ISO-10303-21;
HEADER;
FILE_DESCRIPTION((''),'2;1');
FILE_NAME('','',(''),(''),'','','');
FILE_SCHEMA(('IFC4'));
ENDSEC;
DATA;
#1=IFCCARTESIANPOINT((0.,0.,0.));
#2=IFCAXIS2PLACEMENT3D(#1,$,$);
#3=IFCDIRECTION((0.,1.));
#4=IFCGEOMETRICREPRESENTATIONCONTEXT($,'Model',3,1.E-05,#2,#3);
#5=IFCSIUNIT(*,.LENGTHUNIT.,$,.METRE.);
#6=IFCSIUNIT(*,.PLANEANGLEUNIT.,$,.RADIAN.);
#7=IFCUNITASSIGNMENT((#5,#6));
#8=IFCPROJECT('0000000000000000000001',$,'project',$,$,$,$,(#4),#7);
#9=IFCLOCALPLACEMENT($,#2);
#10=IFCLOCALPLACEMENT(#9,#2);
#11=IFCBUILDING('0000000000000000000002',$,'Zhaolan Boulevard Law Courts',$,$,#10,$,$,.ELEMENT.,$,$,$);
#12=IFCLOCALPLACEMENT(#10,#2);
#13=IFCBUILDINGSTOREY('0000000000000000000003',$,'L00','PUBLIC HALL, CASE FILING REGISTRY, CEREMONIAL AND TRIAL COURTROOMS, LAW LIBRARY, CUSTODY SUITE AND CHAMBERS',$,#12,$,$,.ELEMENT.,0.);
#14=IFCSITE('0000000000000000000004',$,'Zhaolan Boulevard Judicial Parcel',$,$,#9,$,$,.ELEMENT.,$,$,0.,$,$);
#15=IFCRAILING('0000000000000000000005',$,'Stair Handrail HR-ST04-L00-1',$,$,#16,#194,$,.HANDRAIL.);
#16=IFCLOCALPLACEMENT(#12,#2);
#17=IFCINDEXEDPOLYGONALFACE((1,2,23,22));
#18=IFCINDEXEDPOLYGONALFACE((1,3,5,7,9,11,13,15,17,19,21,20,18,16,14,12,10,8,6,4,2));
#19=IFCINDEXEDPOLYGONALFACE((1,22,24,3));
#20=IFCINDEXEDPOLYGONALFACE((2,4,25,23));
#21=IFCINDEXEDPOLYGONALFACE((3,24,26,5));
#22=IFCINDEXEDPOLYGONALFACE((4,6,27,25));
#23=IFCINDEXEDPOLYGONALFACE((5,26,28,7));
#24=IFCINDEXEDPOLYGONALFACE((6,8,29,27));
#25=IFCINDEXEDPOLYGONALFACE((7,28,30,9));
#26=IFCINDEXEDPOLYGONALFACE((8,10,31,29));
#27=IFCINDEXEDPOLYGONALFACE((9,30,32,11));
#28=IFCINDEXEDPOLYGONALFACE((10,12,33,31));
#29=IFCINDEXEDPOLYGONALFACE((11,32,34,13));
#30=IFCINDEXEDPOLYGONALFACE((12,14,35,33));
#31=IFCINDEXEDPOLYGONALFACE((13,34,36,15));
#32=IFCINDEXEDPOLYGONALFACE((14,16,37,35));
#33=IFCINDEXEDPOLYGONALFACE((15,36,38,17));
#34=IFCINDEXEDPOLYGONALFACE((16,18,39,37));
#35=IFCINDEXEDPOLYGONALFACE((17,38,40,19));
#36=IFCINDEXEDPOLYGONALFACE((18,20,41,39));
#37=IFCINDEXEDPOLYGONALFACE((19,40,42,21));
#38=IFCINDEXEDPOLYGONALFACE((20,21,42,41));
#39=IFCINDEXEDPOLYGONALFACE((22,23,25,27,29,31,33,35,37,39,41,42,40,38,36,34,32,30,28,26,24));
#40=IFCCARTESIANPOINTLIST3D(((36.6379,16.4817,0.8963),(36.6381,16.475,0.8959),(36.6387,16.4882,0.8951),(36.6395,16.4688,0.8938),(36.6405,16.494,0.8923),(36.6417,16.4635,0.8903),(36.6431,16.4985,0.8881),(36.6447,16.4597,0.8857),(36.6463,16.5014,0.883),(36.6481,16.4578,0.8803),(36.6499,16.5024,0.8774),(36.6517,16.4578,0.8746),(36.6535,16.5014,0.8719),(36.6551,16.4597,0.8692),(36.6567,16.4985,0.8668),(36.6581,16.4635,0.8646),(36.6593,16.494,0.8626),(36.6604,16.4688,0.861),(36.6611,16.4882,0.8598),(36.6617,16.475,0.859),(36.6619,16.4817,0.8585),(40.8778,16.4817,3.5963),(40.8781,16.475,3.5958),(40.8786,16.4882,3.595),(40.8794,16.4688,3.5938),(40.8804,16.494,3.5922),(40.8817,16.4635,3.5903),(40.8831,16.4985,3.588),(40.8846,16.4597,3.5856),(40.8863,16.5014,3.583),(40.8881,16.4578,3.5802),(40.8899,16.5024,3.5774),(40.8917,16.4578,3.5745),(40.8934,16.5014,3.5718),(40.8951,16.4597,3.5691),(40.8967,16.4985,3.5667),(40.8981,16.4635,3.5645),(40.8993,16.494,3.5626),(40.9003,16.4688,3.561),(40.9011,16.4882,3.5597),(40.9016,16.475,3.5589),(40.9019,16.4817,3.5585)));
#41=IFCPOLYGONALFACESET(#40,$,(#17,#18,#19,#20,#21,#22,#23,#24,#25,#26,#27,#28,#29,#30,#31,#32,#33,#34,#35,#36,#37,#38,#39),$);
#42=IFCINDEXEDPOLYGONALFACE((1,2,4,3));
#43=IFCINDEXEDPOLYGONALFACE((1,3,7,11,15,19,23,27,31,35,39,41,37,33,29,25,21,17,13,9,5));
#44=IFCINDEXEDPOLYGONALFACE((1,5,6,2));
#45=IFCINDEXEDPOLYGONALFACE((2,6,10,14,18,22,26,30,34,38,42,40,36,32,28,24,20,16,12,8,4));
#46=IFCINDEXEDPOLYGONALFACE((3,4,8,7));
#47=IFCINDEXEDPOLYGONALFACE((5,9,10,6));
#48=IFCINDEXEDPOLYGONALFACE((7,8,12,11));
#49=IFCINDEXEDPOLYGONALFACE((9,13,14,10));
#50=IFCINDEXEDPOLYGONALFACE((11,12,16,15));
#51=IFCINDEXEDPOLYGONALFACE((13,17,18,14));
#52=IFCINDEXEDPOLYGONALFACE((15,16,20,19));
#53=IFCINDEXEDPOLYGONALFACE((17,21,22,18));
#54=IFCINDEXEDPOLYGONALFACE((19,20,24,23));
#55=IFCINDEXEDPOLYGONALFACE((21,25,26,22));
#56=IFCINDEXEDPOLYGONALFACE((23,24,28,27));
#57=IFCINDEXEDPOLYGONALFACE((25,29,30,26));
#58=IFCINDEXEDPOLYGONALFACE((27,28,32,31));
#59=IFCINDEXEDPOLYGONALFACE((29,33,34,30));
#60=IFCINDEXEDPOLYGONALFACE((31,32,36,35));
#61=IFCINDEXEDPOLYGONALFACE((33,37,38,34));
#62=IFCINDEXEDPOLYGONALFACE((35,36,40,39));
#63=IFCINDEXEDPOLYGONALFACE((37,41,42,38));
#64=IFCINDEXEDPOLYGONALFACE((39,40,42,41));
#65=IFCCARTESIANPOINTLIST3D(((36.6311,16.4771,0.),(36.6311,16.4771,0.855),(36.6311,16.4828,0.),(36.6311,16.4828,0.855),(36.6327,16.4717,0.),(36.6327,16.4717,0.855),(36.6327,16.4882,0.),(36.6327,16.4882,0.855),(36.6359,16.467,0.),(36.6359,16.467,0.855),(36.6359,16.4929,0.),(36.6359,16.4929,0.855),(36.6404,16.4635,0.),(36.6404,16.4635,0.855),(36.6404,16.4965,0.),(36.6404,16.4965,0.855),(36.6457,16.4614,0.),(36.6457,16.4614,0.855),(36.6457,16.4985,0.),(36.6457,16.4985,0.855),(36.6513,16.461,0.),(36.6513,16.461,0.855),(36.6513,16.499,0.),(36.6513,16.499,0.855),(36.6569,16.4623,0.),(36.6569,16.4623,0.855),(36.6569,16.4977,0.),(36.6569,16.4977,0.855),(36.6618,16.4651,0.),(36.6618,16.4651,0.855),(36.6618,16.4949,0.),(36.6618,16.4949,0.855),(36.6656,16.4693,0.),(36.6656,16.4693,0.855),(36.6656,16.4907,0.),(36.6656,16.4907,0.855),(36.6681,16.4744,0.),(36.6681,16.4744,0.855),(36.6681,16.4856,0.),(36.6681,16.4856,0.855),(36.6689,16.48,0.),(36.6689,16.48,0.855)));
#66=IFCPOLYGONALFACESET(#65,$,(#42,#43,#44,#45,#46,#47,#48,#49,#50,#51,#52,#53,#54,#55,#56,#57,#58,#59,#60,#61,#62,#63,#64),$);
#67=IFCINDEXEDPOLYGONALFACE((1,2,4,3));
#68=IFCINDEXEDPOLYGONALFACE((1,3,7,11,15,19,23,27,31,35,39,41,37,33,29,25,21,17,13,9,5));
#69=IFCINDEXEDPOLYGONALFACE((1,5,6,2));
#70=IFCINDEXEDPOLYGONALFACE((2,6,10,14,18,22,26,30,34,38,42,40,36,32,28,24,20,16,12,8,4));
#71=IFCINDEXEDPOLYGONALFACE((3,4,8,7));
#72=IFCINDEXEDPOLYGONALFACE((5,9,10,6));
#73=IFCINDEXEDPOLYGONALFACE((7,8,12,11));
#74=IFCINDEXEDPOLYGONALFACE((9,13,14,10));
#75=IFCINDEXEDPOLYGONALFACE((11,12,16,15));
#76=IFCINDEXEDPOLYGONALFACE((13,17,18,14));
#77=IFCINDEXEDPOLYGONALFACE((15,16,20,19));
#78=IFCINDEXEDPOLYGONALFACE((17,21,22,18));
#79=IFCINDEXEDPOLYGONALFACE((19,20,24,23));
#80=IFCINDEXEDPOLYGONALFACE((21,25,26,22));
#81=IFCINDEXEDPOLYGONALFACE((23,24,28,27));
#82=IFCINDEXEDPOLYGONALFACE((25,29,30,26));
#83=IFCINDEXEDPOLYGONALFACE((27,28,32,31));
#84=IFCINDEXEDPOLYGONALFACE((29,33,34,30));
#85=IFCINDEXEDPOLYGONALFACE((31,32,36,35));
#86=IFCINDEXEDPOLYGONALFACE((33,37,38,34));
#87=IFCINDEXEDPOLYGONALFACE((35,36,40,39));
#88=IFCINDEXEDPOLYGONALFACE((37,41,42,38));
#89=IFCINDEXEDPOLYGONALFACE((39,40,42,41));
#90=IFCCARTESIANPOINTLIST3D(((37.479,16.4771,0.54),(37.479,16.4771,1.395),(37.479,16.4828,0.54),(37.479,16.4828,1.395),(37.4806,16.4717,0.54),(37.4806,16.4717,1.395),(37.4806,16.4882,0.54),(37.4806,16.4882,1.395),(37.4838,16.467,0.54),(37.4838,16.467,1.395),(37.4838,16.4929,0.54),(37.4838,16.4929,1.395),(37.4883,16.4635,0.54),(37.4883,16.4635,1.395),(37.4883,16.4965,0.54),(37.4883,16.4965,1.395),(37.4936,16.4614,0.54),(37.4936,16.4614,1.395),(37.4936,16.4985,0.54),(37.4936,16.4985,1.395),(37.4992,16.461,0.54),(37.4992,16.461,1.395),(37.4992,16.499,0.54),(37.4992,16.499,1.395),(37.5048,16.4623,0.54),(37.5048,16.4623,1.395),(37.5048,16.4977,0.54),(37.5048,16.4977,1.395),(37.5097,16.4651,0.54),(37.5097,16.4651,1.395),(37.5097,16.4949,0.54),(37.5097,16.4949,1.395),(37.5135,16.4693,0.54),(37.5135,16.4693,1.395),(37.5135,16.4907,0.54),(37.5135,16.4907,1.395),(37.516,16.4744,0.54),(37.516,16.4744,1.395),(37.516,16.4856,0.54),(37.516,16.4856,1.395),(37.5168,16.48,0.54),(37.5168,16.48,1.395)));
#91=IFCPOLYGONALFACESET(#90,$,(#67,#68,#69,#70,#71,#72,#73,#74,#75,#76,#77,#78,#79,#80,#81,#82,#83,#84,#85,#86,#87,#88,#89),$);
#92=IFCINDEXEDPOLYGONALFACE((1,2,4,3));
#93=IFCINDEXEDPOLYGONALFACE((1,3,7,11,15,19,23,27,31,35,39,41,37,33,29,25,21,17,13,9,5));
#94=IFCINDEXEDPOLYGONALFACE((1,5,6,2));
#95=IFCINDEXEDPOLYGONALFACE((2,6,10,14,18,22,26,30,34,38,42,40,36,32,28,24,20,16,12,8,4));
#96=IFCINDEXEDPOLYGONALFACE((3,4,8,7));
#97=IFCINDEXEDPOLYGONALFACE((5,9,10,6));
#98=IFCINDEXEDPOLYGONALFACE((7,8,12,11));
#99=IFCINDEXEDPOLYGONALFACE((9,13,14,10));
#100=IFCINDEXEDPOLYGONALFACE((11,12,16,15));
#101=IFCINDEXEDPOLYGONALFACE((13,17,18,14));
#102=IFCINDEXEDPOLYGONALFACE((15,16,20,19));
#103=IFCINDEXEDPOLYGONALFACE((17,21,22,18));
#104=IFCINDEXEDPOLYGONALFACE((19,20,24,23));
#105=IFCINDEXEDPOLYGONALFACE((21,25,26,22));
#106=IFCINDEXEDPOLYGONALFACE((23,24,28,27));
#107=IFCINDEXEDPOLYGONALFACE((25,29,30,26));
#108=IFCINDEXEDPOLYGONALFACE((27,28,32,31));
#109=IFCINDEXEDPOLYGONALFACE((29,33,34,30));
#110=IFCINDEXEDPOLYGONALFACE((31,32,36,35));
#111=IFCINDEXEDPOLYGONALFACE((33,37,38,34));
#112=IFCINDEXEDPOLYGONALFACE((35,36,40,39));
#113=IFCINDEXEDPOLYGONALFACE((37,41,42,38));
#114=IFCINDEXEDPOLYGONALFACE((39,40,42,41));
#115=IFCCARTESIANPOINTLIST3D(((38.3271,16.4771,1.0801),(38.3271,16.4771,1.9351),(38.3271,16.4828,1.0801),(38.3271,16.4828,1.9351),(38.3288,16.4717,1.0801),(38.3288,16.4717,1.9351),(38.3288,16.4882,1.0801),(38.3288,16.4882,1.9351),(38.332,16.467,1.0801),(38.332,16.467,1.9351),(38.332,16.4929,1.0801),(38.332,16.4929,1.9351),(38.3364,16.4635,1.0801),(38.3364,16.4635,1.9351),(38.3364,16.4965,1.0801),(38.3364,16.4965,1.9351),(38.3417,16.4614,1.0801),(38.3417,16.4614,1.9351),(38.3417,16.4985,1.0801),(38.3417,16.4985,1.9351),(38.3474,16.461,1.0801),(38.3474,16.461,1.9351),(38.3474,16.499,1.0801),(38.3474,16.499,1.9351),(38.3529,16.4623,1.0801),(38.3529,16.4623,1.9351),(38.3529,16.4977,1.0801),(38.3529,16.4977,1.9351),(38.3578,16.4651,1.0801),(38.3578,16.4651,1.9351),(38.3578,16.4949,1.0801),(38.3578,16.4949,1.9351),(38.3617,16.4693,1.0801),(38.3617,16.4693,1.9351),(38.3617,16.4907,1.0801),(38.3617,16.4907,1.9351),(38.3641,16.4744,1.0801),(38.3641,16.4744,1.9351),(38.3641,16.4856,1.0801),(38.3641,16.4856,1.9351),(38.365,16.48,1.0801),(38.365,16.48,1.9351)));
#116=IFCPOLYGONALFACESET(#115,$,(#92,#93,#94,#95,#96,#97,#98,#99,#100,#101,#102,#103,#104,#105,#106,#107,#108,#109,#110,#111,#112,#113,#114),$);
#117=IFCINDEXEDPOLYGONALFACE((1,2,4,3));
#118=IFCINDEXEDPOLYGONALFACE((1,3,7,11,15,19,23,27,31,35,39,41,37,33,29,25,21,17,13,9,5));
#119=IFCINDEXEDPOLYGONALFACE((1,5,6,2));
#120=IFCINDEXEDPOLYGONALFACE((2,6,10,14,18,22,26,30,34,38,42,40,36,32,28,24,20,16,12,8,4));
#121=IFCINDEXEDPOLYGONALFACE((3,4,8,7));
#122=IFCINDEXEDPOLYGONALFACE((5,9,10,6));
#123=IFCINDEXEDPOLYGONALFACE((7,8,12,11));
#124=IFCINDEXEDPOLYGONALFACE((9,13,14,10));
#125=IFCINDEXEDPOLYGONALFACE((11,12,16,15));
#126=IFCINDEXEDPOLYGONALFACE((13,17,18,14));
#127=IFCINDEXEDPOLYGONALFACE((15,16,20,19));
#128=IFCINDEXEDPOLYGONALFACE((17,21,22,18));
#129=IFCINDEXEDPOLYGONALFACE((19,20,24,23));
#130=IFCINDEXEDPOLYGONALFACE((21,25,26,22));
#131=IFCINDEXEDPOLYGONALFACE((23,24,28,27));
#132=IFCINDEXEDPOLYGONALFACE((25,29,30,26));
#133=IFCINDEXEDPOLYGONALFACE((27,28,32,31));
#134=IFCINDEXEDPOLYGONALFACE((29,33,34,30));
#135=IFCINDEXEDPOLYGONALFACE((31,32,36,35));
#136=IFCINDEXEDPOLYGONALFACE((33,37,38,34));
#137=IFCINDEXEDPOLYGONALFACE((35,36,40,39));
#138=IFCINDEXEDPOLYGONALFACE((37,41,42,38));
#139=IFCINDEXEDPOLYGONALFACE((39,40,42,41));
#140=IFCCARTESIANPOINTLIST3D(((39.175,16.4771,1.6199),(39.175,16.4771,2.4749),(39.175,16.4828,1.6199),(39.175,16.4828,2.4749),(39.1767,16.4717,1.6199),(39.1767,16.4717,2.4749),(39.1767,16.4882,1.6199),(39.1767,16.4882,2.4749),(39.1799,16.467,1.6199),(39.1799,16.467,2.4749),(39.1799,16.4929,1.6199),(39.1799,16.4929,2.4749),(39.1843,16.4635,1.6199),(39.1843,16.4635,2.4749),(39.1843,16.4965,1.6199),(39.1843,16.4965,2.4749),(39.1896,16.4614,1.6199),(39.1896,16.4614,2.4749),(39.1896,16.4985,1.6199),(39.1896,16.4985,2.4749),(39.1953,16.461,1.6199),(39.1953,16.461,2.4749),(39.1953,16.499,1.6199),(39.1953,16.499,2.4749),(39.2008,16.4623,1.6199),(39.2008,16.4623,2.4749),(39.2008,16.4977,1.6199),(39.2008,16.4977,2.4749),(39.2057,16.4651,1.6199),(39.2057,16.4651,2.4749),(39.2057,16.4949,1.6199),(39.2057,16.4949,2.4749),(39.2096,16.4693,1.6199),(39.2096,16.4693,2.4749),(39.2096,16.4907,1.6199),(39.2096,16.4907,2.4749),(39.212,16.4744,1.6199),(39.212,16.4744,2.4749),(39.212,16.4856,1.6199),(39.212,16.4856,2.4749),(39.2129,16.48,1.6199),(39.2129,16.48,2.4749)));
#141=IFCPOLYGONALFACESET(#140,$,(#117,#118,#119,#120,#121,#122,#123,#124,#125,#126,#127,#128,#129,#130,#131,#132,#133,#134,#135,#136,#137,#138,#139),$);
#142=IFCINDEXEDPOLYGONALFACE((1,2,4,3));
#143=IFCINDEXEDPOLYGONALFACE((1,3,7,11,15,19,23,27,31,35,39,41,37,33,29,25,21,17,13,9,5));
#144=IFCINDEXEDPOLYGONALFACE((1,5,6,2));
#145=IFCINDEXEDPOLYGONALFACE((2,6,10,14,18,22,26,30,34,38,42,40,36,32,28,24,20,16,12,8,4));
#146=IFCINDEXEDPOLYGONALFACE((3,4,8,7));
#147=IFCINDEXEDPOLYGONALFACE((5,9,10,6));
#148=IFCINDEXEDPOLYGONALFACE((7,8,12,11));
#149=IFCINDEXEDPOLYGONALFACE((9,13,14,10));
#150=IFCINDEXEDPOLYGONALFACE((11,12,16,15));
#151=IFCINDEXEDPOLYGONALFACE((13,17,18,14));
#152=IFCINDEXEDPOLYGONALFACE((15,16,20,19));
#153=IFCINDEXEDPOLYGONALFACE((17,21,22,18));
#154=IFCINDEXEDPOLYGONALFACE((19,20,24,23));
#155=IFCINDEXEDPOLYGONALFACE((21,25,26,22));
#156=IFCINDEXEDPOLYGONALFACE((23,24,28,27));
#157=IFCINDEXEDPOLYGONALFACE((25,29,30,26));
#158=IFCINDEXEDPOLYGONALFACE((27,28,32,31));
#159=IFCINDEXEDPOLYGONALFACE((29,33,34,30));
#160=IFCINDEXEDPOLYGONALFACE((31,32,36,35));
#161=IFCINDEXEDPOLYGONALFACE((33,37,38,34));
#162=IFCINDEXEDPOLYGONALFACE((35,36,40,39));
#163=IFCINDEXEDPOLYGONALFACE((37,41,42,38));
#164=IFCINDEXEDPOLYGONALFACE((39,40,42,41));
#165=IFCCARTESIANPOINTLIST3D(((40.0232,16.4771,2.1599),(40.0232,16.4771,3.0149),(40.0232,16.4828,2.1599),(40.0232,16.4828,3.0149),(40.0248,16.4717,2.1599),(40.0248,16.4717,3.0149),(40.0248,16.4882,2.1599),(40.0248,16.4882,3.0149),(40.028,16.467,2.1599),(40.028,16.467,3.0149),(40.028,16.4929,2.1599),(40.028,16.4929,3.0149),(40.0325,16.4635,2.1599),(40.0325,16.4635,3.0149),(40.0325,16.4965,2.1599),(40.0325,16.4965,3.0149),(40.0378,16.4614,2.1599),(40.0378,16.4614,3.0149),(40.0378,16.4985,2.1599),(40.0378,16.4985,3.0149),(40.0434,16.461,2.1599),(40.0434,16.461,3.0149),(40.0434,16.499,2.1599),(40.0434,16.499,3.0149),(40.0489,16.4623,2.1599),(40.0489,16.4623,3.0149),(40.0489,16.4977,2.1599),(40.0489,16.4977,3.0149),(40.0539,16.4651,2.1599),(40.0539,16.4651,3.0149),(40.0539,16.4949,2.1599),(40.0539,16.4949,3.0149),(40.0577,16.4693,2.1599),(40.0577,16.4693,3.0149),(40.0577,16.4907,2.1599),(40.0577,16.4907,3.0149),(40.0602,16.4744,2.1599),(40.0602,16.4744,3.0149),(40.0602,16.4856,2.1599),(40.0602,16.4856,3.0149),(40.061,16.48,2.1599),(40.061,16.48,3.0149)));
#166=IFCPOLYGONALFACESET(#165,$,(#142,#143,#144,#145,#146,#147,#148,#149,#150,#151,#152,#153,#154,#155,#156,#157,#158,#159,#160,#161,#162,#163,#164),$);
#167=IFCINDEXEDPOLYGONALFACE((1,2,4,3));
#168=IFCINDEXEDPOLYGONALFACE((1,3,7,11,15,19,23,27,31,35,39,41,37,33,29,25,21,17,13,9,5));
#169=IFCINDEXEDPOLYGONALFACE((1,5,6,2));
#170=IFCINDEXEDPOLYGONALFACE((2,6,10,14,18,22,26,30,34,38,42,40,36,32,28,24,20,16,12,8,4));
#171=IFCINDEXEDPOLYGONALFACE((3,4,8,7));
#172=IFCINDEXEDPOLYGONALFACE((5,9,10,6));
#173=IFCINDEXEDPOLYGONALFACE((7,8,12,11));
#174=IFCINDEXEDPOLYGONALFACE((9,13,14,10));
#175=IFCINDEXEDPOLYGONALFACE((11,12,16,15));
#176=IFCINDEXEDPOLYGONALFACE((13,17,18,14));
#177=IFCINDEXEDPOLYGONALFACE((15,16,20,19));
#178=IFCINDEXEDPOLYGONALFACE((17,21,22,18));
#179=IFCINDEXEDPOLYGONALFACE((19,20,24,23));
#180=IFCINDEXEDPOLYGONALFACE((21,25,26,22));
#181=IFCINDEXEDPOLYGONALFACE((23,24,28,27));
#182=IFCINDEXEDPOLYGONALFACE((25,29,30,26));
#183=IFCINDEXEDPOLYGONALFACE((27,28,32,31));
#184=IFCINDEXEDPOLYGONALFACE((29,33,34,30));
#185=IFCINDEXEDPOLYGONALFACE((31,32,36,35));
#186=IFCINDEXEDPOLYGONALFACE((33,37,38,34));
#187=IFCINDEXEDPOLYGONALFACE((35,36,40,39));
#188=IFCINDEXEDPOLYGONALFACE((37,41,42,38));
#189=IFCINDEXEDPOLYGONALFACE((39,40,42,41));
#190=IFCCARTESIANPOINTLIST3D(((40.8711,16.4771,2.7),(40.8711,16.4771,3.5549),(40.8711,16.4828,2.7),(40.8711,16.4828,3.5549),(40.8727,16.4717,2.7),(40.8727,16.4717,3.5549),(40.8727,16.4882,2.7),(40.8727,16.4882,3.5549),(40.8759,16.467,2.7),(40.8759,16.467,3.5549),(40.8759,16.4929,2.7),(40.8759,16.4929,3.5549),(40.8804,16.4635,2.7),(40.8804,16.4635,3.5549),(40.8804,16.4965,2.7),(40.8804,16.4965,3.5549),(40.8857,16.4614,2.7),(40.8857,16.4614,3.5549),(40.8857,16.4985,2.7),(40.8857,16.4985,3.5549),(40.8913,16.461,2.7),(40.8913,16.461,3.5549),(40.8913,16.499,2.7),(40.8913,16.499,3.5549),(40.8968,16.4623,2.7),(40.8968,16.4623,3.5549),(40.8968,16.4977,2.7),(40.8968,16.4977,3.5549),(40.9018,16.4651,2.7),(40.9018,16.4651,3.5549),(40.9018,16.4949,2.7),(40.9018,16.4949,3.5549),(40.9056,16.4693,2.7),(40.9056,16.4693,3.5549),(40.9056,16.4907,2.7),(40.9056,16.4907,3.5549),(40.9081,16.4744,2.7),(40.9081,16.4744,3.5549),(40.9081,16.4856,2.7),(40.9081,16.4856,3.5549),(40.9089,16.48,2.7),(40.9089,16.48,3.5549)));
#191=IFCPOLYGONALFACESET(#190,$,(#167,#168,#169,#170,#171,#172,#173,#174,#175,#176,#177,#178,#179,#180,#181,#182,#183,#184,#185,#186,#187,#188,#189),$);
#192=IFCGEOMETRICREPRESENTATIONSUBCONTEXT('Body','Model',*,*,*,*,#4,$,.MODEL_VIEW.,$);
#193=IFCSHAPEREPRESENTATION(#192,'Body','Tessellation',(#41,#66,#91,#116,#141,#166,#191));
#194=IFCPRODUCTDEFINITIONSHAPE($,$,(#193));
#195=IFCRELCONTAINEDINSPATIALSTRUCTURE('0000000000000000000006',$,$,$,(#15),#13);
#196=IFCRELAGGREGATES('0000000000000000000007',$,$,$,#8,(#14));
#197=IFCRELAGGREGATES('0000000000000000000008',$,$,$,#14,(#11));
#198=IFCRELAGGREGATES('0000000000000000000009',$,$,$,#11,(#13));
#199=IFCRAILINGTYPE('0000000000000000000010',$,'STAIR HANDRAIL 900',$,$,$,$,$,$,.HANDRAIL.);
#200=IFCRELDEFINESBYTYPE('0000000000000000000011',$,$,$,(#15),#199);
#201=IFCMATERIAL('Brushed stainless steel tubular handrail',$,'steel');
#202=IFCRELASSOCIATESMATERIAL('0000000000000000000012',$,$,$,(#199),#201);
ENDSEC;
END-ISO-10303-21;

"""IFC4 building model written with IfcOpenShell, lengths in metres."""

from ifc_helpers import new_model, si_unit, direction, frame, origin, origin_2d, place, context, subcontext, project, spatial, circle, extrude, material, type_object, element, save


model = new_model("IFC4")

# Units and contexts
model_context = context("Model", 3, precision=1e-05, world=origin(), true_north=direction((0.0, 1.0)))
body_context = subcontext(model_context, "Body", "Model", "MODEL_VIEW")
ifc_project = project(units=[si_unit("LENGTHUNIT", "METRE"), si_unit("PLANEANGLEUNIT", "RADIAN")], contexts=[model_context])

# Site, building, storey
site_placement = place(None, origin())
site = spatial("IfcSite", under=ifc_project, at=site_placement, Name="Zhaolan Boulevard Judicial Parcel", CompositionType="ELEMENT", RefElevation=0.0)
building_placement = place(site_placement, origin())
building = spatial("IfcBuilding", under=site, at=building_placement, Name="Zhaolan Boulevard Law Courts", CompositionType="ELEMENT")
storey_placement = place(building_placement, origin())
storey = spatial("IfcBuildingStorey", under=building, at=storey_placement, Name="L00", Description="PUBLIC HALL, CASE FILING REGISTRY, CEREMONIAL AND TRIAL COURTROOMS, LAW LIBRARY, CUSTODY SUITE AND CHAMBERS", CompositionType="ELEMENT", Elevation=0.0)

# Railing
ifc_material_1 = material(Name="Brushed stainless steel tubular handrail", Category="steel")
railing_type_1 = type_object("IfcRailingType", Name="STAIR HANDRAIL 900", PredefinedType="HANDRAIL", material=ifc_material_1)
railing_1_placement = place(storey_placement, frame((36.6499, 16.48, 0.0)))
element("IfcRailing", 1, at=railing_1_placement, inside=storey, type_object=railing_type_1, Name="Stair Handrail HR-ST04-L00-1", PredefinedType="HANDRAIL", context=body_context, shape_type="SweptSolid", body=[
    extrude(circle(Radius=0.0225, at=origin_2d()), frame((0.0, 0.0, 0.8774), z_axis=(0.843501, 0.0, 0.537127), x_axis=(0.0, 1.0, 0.0)), (0.0, 0.0, 1.0), 5.0266),
    extrude(circle(Radius=0.019, at=origin_2d()), origin(), (0.0, 0.0, 1.0), 0.855),
    extrude(circle(Radius=0.019, at=origin_2d()), frame((0.8479, 0.0, 0.54)), (0.0, 0.0, 1.0), 0.855),
    extrude(circle(Radius=0.019, at=origin_2d()), frame((1.696, 0.0, 1.0801)), (0.0, 0.0, 1.0), 0.855),
    extrude(circle(Radius=0.019, at=origin_2d()), frame((2.5439, 0.0, 1.6199)), (0.0, 0.0, 1.0), 0.855),
    extrude(circle(Radius=0.019, at=origin_2d()), frame((3.3921, 0.0, 2.1599)), (0.0, 0.0, 1.0), 0.855),
    extrude(circle(Radius=0.019, at=origin_2d()), frame((4.24, 0.0, 2.7)), (0.0, 0.0, 1.0), 0.855),
])

save(model, "model.ifc")
